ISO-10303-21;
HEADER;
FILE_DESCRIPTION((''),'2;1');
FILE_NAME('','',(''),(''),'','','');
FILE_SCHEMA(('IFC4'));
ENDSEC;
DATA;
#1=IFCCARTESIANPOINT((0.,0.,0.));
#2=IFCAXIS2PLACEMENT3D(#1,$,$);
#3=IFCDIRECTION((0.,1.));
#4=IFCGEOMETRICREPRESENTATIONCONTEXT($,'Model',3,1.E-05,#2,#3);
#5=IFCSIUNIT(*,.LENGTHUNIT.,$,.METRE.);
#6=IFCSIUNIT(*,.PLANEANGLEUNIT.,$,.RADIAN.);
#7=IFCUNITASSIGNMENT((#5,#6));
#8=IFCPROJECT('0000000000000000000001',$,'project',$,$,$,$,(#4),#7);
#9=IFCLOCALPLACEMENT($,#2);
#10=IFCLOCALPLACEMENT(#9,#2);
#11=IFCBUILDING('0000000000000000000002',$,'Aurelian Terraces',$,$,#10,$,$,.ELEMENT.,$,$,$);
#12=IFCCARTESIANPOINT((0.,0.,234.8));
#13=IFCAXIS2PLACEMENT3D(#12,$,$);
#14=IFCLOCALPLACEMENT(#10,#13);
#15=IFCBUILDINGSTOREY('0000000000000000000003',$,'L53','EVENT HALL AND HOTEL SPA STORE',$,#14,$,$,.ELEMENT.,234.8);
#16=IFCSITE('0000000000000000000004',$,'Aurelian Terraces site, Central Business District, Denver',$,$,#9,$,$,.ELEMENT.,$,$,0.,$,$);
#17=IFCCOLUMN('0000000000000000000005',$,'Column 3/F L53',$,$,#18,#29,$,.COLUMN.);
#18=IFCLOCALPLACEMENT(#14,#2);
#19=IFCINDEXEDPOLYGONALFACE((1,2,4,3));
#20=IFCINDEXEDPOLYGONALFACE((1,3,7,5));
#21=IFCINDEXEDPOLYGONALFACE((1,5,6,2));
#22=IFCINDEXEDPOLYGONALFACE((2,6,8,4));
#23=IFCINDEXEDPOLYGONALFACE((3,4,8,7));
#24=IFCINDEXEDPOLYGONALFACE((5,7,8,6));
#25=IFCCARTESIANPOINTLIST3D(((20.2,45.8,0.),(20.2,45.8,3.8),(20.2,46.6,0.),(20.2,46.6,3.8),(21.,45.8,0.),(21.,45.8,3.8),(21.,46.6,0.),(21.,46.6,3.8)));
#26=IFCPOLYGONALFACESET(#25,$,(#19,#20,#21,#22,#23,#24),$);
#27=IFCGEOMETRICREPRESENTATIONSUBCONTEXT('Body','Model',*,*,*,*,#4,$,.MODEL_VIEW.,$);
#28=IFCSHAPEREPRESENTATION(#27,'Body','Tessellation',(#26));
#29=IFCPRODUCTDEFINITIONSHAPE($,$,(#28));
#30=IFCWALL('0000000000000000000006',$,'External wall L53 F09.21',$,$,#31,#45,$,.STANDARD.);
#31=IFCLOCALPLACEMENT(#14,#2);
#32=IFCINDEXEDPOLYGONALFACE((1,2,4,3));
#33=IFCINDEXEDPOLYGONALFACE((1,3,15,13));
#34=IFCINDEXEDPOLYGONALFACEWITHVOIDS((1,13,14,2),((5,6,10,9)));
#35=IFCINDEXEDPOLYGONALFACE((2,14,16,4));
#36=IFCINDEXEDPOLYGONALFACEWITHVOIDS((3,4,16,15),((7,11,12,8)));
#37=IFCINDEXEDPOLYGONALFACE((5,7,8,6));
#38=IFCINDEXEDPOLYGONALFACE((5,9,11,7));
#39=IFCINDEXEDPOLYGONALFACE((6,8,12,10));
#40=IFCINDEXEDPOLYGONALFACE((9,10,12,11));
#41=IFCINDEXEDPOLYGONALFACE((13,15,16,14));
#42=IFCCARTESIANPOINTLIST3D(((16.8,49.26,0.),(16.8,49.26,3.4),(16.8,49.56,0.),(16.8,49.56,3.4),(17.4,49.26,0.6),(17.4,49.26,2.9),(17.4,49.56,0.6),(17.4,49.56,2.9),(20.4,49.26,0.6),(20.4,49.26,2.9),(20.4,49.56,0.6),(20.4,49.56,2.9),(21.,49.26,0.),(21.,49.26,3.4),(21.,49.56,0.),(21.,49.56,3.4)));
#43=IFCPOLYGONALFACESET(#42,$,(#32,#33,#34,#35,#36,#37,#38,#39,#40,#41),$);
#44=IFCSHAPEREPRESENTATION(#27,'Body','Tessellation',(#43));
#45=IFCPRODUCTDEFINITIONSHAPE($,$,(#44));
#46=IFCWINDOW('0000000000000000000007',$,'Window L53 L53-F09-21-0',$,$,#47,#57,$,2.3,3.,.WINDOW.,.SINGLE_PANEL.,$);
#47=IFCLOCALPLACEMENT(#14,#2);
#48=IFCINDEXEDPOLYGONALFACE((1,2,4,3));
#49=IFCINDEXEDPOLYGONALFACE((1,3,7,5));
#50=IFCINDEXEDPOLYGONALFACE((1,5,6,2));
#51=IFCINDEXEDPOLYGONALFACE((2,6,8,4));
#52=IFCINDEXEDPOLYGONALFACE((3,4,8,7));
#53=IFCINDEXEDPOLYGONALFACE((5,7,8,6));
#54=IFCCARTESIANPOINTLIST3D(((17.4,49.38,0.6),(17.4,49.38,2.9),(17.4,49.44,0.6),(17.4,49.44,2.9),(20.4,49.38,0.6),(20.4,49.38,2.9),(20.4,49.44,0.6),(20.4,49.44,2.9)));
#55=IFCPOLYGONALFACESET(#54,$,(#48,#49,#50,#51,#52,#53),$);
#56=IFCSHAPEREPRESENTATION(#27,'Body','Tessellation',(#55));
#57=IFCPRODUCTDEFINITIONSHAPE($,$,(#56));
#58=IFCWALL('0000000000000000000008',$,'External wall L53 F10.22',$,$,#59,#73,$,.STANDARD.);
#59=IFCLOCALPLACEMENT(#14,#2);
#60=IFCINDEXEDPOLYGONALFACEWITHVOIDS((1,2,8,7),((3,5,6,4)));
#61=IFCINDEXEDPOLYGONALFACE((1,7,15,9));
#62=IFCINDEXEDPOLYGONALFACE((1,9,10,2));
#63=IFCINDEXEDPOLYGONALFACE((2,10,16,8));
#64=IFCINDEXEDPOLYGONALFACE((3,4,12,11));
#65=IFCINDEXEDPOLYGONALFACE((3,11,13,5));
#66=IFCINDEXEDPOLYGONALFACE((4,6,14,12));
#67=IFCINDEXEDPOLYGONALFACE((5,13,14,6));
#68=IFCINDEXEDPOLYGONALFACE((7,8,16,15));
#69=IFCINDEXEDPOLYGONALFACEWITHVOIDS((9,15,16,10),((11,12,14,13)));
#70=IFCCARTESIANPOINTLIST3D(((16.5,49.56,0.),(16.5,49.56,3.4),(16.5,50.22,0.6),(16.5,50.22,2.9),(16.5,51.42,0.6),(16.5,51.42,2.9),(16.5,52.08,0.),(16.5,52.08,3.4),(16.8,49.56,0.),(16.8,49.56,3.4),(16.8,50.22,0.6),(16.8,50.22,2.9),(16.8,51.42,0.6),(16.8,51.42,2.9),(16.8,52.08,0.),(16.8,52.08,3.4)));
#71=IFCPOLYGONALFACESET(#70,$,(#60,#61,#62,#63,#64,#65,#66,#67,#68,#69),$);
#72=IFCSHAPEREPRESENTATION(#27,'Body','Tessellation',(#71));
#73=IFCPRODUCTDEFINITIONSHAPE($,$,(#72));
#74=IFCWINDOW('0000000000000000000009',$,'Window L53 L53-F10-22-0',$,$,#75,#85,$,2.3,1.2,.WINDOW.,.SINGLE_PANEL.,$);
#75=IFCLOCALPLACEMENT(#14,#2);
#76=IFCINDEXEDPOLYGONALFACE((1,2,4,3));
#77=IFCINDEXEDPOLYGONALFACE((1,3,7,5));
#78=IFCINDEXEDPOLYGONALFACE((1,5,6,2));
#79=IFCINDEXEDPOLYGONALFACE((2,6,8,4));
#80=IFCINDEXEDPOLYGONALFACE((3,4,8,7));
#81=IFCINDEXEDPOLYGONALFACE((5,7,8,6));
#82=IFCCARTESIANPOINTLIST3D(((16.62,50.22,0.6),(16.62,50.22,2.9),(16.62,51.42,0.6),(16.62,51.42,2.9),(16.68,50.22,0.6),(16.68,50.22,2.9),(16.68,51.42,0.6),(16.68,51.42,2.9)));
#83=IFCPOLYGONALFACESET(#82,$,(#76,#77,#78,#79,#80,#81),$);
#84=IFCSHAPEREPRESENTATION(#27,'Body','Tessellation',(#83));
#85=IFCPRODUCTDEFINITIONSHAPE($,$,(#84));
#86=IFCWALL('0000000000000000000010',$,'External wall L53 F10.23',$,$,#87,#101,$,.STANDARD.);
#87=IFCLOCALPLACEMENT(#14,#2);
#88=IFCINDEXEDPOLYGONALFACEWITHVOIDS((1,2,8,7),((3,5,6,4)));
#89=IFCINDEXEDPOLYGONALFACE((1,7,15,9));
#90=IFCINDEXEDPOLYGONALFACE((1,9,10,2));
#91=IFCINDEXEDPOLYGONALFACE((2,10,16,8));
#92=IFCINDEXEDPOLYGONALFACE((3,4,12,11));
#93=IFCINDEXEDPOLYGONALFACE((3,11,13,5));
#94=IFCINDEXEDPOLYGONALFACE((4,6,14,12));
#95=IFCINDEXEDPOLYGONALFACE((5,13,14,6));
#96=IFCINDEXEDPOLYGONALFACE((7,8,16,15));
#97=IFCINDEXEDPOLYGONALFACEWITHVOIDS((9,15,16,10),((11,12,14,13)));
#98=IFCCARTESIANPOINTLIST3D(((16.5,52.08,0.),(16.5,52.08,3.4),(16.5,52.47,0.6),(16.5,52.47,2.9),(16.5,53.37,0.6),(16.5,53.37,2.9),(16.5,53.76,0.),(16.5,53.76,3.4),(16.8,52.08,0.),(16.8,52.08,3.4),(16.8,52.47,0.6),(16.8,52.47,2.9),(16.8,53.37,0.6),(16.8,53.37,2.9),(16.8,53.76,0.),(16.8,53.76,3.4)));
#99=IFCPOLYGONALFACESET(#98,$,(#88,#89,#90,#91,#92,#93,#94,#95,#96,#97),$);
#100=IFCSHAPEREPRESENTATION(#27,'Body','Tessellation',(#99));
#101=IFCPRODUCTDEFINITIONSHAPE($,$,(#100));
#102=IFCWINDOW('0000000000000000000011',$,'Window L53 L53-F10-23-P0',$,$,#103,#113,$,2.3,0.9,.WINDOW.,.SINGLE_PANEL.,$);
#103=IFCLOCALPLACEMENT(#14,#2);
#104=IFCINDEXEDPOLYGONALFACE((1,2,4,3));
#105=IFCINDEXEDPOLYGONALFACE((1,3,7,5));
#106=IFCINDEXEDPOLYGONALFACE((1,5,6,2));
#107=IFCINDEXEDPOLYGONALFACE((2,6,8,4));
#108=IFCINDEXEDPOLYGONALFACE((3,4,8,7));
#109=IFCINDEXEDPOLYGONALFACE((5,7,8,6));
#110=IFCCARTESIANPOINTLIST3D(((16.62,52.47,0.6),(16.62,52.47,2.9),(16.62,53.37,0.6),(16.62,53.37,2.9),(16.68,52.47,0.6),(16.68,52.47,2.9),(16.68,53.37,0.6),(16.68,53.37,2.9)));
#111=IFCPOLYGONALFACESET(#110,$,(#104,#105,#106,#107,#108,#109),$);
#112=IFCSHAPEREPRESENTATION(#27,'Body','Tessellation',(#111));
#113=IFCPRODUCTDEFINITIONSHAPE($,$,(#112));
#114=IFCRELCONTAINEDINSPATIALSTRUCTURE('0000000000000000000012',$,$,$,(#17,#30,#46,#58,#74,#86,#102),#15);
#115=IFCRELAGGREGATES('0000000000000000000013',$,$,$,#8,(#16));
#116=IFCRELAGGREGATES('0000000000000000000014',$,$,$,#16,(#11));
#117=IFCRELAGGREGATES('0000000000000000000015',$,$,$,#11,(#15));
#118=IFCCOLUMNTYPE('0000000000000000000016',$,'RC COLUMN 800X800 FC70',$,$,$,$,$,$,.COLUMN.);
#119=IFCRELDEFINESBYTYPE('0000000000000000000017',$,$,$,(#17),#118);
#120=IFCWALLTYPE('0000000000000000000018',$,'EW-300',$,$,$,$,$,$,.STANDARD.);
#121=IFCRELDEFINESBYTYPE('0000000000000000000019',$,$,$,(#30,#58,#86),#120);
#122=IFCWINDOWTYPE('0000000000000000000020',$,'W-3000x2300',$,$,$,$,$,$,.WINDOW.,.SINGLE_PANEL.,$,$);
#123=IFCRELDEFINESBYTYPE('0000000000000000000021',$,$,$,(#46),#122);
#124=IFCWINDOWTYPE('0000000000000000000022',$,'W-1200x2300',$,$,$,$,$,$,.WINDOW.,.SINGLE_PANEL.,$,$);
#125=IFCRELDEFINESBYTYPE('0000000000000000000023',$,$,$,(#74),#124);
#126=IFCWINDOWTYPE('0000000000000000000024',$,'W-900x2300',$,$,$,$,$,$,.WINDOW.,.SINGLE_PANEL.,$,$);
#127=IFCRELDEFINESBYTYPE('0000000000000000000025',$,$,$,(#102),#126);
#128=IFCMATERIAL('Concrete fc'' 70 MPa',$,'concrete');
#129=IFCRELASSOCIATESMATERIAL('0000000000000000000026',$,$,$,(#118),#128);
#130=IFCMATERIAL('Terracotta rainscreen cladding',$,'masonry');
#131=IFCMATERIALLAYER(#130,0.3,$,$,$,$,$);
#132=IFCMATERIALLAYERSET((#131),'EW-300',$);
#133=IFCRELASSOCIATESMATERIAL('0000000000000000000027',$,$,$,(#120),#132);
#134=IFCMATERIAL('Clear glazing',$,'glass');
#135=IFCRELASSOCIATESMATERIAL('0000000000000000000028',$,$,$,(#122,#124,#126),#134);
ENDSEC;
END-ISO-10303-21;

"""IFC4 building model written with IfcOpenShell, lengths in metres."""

from ifc_helpers import new_model, si_unit, direction, frame, frame_2d, origin, origin_2d, place, context, subcontext, project, spatial, rectangle, extrude, source, transform, mapped, material, layer, layer_set, material_profile, profile_set, type_object, element, fill, save


model = new_model("IFC4")

# Units and contexts
model_context = context("Model", 3, precision=1e-05, world=origin(), true_north=direction((0.0, 1.0)))
body_context = subcontext(model_context, "Body", "Model", "MODEL_VIEW")
ifc_project = project(units=[si_unit("LENGTHUNIT", "METRE"), si_unit("PLANEANGLEUNIT", "RADIAN")], contexts=[model_context])

# Site, building, storey
site_placement = place(None, origin())
site = spatial("IfcSite", under=ifc_project, at=site_placement, Name="Aurelian Terraces site, Central Business District, Denver", CompositionType="ELEMENT", RefElevation=0.0)
building_placement = place(site_placement, origin())
building = spatial("IfcBuilding", under=site, at=building_placement, Name="Aurelian Terraces", CompositionType="ELEMENT")
storey_placement = place(building_placement, frame((0.0, 0.0, 234.8)))
storey = spatial("IfcBuildingStorey", under=building, at=storey_placement, Name="L53", Description="EVENT HALL AND HOTEL SPA STORE", CompositionType="ELEMENT", Elevation=234.8)

# Column
ifc_material_1 = material(Name="Concrete fc' 70 MPa", Category="concrete")
ifc_material_profile = material_profile(ifc_material_1, rectangle(XDim=0.8, YDim=0.8, at=origin_2d()))
ifc_profile_set = profile_set([ifc_material_profile], Name="Concrete fc' 70 MPa")
column_type = type_object("IfcColumnType", Name="RC COLUMN 800X800 FC70", PredefinedType="COLUMN", material=ifc_profile_set)
shared_shape_1 = source(origin(), body_context, "Body", "SweptSolid", [
    extrude(rectangle(XDim=0.8, YDim=0.8, at=origin_2d()), origin(), (0.0, 0.0, 1.0), 3.8),
])
column_placement = place(storey_placement, frame((20.6, 46.2, 0.0), z_axis=(0.0, 0.0, 1.0), x_axis=(1.0, 0.0, 0.0)))
element("IfcColumn", 1, at=column_placement, inside=storey, type_object=column_type, Name="Column 3/F L53", PredefinedType="COLUMN", context=body_context, shape_type="MappedRepresentation", body=[
    mapped(shared_shape_1, transform((0.0, 0.0, 0.0), scale=1.0)),
])

# Walls, openings, windows
ifc_material_2 = material(Name="Terracotta rainscreen cladding", Category="masonry")
ifc_layer_1 = layer(ifc_material_2, 0.3)
ifc_layer_set_1 = layer_set([ifc_layer_1], Name="EW-300")
wall_type_1 = type_object("IfcWallType", Name="EW-300", PredefinedType="STANDARD", material=ifc_layer_set_1)
shared_shape_2 = source(origin(), body_context, "Body", "SweptSolid", [
    extrude(rectangle(XDim=4.2, YDim=0.3, at=frame_2d((2.1, 0.0))), origin(), (0.0, 0.0, 1.0), 3.4),
])
wall_1_placement = place(storey_placement, frame((21.0, 49.41, 0.0), z_axis=(0.0, 0.0, 1.0), x_axis=(-1.0, 0.0, 0.0)))
wall_1 = element("IfcWall", 2, at=wall_1_placement, inside=storey, type_object=wall_type_1, Name="External wall L53 F09.21", PredefinedType="STANDARD", context=body_context, shape_type="MappedRepresentation", body=[
    mapped(shared_shape_2, transform((0.0, 0.0, 0.0), scale=1.0)),
])
shared_shape_3 = source(origin(), body_context, "Body", "SweptSolid", [
    extrude(rectangle(XDim=3.0, YDim=2.3, at=frame_2d((1.5, 1.15))), frame((0.0, 0.16, 0.0), z_axis=(0.0, -1.0, 0.0), x_axis=(1.0, 0.0, 0.0)), (0.0, 0.0, 1.0), 0.32),
])
opening_1_placement = place(wall_1_placement, frame((0.6, 0.0, 0.6)))
opening_1 = element("IfcOpeningElement", 3, at=opening_1_placement, cuts=wall_1, PredefinedType="OPENING", context=body_context, shape_type="MappedRepresentation", body=[
    mapped(shared_shape_3, transform((0.0, 0.0, 0.0), scale=1.0)),
])
ifc_material_3 = material(Name="Clear glazing", Category="glass")
window_type_1 = type_object("IfcWindowType", Name="W-3000x2300", PartitioningType="SINGLE_PANEL", PredefinedType="WINDOW", material=ifc_material_3)
shared_shape_4 = source(origin(), body_context, "Body", "SweptSolid", [
    extrude(rectangle(XDim=3.0, YDim=2.3, at=frame_2d((1.5, 1.15))), frame((0.0, 0.03, 0.0), z_axis=(0.0, -1.0, 0.0), x_axis=(1.0, 0.0, 0.0)), (0.0, 0.0, 1.0), 0.06),
])
window_1_placement = place(opening_1_placement, origin())
window_1 = element("IfcWindow", 4, at=window_1_placement, inside=storey, type_object=window_type_1, Name="Window L53 L53-F09-21-0", OverallHeight=2.3, OverallWidth=3.0, PartitioningType="SINGLE_PANEL", PredefinedType="WINDOW", context=body_context, shape_type="MappedRepresentation", body=[
    mapped(shared_shape_4, transform((0.0, 0.0, 0.0), scale=1.0)),
])
fill(opening_1, window_1)
shared_shape_5 = source(origin(), body_context, "Body", "SweptSolid", [
    extrude(rectangle(XDim=2.52, YDim=0.3, at=frame_2d((1.26, 0.0))), origin(), (0.0, 0.0, 1.0), 3.4),
])
wall_2_placement = place(storey_placement, frame((16.65, 49.56, 0.0), z_axis=(0.0, 0.0, 1.0), x_axis=(0.0, 1.0, 0.0)))
wall_2 = element("IfcWall", 5, at=wall_2_placement, inside=storey, type_object=wall_type_1, Name="External wall L53 F10.22", PredefinedType="STANDARD", context=body_context, shape_type="MappedRepresentation", body=[
    mapped(shared_shape_5, transform((0.0, 0.0, 0.0), scale=1.0)),
])
shared_shape_6 = source(origin(), body_context, "Body", "SweptSolid", [
    extrude(rectangle(XDim=1.2, YDim=2.3, at=frame_2d((0.6, 1.15))), frame((0.0, 0.16, 0.0), z_axis=(0.0, -1.0, 0.0), x_axis=(1.0, 0.0, 0.0)), (0.0, 0.0, 1.0), 0.32),
])
opening_2_placement = place(wall_2_placement, frame((0.66, 0.0, 0.6)))
opening_2 = element("IfcOpeningElement", 6, at=opening_2_placement, cuts=wall_2, PredefinedType="OPENING", context=body_context, shape_type="MappedRepresentation", body=[
    mapped(shared_shape_6, transform((0.0, 0.0, 0.0), scale=1.0)),
])
window_type_2 = type_object("IfcWindowType", Name="W-1200x2300", PartitioningType="SINGLE_PANEL", PredefinedType="WINDOW", material=ifc_material_3)
shared_shape_7 = source(origin(), body_context, "Body", "SweptSolid", [
    extrude(rectangle(XDim=1.2, YDim=2.3, at=frame_2d((0.6, 1.15))), frame((0.0, 0.03, 0.0), z_axis=(0.0, -1.0, 0.0), x_axis=(1.0, 0.0, 0.0)), (0.0, 0.0, 1.0), 0.06),
])
window_2_placement = place(opening_2_placement, origin())
window_2 = element("IfcWindow", 7, at=window_2_placement, inside=storey, type_object=window_type_2, Name="Window L53 L53-F10-22-0", OverallHeight=2.3, OverallWidth=1.2, PartitioningType="SINGLE_PANEL", PredefinedType="WINDOW", context=body_context, shape_type="MappedRepresentation", body=[
    mapped(shared_shape_7, transform((0.0, 0.0, 0.0), scale=1.0)),
])
fill(opening_2, window_2)
shared_shape_8 = source(origin(), body_context, "Body", "SweptSolid", [
    extrude(rectangle(XDim=1.68, YDim=0.3, at=frame_2d((0.84, 0.0))), origin(), (0.0, 0.0, 1.0), 3.4),
])
wall_3_placement = place(storey_placement, frame((16.65, 52.08, 0.0), z_axis=(0.0, 0.0, 1.0), x_axis=(0.0, 1.0, 0.0)))
wall_3 = element("IfcWall", 8, at=wall_3_placement, inside=storey, type_object=wall_type_1, Name="External wall L53 F10.23", PredefinedType="STANDARD", context=body_context, shape_type="MappedRepresentation", body=[
    mapped(shared_shape_8, transform((0.0, 0.0, 0.0), scale=1.0)),
])
shared_shape_9 = source(origin(), body_context, "Body", "SweptSolid", [
    extrude(rectangle(XDim=0.9, YDim=2.3, at=frame_2d((0.45, 1.15))), frame((0.0, 0.16, 0.0), z_axis=(0.0, -1.0, 0.0), x_axis=(1.0, 0.0, 0.0)), (0.0, 0.0, 1.0), 0.32),
])
opening_3_placement = place(wall_3_placement, frame((0.39, 0.0, 0.6)))
opening_3 = element("IfcOpeningElement", 9, at=opening_3_placement, cuts=wall_3, PredefinedType="OPENING", context=body_context, shape_type="MappedRepresentation", body=[
    mapped(shared_shape_9, transform((0.0, 0.0, 0.0), scale=1.0)),
])
window_type_3 = type_object("IfcWindowType", Name="W-900x2300", PartitioningType="SINGLE_PANEL", PredefinedType="WINDOW", material=ifc_material_3)
shared_shape_10 = source(origin(), body_context, "Body", "SweptSolid", [
    extrude(rectangle(XDim=0.9, YDim=2.3, at=frame_2d((0.45, 1.15))), frame((0.0, 0.03, 0.0), z_axis=(0.0, -1.0, 0.0), x_axis=(1.0, 0.0, 0.0)), (0.0, 0.0, 1.0), 0.06),
])
window_3_placement = place(opening_3_placement, origin())
window_3 = element("IfcWindow", 10, at=window_3_placement, inside=storey, type_object=window_type_3, Name="Window L53 L53-F10-23-P0", OverallHeight=2.3, OverallWidth=0.9, PartitioningType="SINGLE_PANEL", PredefinedType="WINDOW", context=body_context, shape_type="MappedRepresentation", body=[
    mapped(shared_shape_10, transform((0.0, 0.0, 0.0), scale=1.0)),
])
fill(opening_3, window_3)

save(model, "model.ifc")
